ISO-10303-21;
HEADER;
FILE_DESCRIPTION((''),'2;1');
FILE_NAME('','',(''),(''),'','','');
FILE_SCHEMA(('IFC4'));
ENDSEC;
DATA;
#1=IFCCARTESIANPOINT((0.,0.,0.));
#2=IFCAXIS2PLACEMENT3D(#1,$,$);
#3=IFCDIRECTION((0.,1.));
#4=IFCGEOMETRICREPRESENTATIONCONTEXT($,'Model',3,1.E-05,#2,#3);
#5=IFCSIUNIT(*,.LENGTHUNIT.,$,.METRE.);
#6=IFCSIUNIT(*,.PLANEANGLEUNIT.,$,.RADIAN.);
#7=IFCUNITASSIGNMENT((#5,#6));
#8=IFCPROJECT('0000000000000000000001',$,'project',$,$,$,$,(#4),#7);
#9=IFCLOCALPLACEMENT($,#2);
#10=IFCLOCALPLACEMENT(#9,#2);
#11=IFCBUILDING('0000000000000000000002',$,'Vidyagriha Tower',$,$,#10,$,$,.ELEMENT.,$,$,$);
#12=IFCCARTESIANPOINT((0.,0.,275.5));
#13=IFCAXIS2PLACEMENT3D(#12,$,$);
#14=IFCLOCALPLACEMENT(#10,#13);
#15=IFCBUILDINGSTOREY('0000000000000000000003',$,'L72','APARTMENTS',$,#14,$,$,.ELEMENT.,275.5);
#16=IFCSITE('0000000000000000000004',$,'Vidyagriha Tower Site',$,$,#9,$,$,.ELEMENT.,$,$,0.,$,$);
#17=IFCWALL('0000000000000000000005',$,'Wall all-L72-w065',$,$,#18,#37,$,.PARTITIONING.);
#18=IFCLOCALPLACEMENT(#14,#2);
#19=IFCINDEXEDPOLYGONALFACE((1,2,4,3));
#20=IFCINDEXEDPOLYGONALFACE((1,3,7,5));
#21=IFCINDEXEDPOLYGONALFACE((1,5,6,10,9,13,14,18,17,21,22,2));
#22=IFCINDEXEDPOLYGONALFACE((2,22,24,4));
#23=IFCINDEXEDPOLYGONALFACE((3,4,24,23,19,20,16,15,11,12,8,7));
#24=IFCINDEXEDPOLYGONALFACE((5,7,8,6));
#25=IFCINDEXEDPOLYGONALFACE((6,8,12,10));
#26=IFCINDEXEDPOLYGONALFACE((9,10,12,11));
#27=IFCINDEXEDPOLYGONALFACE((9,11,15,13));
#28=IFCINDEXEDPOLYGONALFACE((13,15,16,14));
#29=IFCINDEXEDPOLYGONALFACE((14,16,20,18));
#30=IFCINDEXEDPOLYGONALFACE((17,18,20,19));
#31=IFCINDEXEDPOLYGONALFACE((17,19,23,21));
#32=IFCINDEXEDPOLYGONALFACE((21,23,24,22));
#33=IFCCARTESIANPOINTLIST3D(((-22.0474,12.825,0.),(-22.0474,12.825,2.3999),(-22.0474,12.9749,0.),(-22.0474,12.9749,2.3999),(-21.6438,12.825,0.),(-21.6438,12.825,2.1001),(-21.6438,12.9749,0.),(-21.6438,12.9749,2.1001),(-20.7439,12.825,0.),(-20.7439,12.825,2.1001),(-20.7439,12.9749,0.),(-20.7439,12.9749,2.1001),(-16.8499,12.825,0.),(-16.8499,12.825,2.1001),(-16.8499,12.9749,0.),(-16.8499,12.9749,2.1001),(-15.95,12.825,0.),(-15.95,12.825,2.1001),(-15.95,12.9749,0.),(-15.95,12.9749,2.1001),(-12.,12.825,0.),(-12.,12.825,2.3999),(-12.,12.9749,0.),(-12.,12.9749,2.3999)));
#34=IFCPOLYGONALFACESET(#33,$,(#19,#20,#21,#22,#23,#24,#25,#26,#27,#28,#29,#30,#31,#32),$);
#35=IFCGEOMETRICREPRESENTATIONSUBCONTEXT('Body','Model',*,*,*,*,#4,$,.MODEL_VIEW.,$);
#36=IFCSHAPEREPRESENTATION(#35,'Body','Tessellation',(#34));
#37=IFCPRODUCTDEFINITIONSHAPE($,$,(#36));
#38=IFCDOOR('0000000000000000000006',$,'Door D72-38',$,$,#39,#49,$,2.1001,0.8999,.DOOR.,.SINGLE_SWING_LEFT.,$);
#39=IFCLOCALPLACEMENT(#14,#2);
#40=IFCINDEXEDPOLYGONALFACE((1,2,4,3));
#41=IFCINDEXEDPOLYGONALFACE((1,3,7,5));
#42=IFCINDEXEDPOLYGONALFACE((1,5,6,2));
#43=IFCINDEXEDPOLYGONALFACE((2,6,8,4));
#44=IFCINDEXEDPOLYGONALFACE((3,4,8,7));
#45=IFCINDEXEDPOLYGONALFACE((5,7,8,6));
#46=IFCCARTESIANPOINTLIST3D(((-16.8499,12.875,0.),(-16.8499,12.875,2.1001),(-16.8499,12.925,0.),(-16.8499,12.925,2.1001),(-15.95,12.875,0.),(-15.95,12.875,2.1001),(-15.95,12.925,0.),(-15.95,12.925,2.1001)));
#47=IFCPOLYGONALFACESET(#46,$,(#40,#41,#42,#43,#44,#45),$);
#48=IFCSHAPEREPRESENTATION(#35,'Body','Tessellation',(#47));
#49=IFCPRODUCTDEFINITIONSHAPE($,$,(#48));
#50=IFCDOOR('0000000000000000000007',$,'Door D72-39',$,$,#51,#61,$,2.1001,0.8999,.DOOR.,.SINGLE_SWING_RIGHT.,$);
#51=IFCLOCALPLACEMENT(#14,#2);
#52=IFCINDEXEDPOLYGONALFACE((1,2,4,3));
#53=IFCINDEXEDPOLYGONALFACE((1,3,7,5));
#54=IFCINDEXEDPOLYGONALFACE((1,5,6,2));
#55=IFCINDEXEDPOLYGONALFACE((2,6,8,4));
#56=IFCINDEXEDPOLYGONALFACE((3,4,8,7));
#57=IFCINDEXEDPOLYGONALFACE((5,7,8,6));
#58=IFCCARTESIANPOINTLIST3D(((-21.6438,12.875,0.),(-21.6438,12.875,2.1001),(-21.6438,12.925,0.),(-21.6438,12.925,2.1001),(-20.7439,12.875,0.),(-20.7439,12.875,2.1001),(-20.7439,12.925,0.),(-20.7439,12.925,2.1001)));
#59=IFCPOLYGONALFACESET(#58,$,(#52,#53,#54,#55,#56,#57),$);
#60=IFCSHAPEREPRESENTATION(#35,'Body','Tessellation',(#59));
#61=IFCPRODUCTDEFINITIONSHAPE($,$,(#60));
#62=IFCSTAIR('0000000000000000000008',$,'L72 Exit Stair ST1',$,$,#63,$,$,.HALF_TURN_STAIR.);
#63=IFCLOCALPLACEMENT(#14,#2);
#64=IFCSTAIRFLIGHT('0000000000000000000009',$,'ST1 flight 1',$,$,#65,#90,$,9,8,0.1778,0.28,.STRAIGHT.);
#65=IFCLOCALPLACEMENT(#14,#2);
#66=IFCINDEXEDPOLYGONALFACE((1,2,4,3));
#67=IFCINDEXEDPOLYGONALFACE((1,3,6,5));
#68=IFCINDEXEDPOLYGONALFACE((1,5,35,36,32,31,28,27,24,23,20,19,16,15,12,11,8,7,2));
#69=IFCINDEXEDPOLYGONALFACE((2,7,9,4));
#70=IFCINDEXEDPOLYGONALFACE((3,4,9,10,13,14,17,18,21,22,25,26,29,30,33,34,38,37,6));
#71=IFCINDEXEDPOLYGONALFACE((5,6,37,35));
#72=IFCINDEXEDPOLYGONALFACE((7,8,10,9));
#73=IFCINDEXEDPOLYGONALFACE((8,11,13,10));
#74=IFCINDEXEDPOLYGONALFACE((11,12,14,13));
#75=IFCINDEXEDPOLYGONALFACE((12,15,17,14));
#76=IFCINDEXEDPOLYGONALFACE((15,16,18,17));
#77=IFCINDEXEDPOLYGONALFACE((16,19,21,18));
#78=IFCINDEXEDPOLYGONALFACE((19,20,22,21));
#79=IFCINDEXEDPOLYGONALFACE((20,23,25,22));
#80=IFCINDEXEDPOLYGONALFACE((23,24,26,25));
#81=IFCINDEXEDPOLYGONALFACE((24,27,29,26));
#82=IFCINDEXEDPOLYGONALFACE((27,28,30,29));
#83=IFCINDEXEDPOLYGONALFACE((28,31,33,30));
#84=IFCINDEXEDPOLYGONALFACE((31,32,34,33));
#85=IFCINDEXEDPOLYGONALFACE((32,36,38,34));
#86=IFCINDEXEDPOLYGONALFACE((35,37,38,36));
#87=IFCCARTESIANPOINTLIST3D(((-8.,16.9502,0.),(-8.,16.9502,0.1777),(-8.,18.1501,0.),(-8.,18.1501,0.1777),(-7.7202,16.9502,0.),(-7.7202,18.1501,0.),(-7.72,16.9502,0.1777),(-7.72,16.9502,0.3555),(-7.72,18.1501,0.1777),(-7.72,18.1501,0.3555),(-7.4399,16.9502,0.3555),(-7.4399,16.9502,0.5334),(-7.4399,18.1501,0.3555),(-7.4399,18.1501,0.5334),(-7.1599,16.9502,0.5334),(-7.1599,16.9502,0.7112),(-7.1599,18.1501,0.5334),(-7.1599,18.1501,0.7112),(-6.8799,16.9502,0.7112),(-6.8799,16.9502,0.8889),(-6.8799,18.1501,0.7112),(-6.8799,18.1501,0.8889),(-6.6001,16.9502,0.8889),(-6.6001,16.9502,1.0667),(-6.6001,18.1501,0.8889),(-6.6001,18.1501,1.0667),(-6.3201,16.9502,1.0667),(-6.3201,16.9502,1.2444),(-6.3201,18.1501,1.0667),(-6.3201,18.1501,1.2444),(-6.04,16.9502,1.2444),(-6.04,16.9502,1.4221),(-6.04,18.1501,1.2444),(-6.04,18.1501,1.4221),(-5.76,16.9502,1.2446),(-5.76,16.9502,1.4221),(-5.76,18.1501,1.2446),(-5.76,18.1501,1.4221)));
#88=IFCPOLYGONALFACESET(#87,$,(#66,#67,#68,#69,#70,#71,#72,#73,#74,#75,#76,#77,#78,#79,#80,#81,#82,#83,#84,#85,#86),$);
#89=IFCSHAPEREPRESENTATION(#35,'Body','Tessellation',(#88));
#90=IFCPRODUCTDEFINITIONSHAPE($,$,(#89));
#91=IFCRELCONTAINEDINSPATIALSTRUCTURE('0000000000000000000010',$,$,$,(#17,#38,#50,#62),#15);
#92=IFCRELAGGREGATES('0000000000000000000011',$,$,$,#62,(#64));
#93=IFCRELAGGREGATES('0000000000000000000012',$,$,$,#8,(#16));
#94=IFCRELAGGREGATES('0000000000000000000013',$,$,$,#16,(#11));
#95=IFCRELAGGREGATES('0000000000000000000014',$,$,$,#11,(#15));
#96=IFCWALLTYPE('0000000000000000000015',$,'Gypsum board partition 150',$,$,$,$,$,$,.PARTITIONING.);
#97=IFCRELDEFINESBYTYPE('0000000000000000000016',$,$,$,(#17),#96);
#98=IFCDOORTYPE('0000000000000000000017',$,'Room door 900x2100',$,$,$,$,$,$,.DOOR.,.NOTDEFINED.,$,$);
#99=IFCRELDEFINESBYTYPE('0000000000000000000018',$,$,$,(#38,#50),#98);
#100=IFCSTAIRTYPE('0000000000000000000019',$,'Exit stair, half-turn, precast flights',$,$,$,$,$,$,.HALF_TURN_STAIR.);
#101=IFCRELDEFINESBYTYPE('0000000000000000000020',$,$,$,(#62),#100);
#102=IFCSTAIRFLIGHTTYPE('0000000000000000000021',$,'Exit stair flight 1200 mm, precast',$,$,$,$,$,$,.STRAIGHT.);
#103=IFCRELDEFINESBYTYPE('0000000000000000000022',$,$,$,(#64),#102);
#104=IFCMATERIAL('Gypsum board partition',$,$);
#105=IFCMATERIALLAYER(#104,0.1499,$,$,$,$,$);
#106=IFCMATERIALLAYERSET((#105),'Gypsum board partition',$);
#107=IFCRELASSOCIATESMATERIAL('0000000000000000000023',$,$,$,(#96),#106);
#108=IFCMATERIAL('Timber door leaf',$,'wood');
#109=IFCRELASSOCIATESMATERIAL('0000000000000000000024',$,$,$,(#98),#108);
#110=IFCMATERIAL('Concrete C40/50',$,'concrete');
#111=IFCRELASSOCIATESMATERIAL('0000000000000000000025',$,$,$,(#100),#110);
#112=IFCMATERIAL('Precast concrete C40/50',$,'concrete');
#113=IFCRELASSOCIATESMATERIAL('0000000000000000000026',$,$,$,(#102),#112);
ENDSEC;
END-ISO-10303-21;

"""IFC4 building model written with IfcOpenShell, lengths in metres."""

from ifc_helpers import new_model, si_unit, direction, frame, frame_2d, origin, place, context, subcontext, project, spatial, polyline, rectangle, outline, extrude, material, layer, layer_set, type_object, element, fill, aggregate, save


model = new_model("IFC4")

# Units and contexts
model_context = context("Model", 3, precision=1e-05, world=origin(), true_north=direction((0.0, 1.0)))
body_context = subcontext(model_context, "Body", "Model", "MODEL_VIEW")
ifc_project = project(units=[si_unit("LENGTHUNIT", "METRE"), si_unit("PLANEANGLEUNIT", "RADIAN")], contexts=[model_context])

# Site, building, storey
site_placement = place(None, origin())
site = spatial("IfcSite", under=ifc_project, at=site_placement, Name="Vidyagriha Tower Site", CompositionType="ELEMENT", RefElevation=0.0)
building_placement = place(site_placement, origin())
building = spatial("IfcBuilding", under=site, at=building_placement, Name="Vidyagriha Tower", CompositionType="ELEMENT")
storey_placement = place(building_placement, frame((0.0, 0.0, 275.5)))
storey = spatial("IfcBuildingStorey", under=building, at=storey_placement, Name="L72", Description="APARTMENTS", CompositionType="ELEMENT", Elevation=275.5)

# Wall, openings, doors
ifc_material_1 = material(Name="Gypsum board partition")
ifc_layer_1 = layer(ifc_material_1, 0.1499)
ifc_layer_set_1 = layer_set([ifc_layer_1], Name="Gypsum board partition")
wall_type_1 = type_object("IfcWallType", Name="Gypsum board partition 150", PredefinedType="PARTITIONING", material=ifc_layer_set_1)
wall_1_placement = place(storey_placement, frame((-12.0, 12.8999, 0.0), z_axis=(0.0, 0.0, 1.0), x_axis=(-1.0, 0.0, 0.0)))
wall_1 = element("IfcWall", 1, at=wall_1_placement, inside=storey, type_object=wall_type_1, Name="Wall all-L72-w065", PredefinedType="PARTITIONING", context=body_context, shape_type="SweptSolid", body=[
    extrude(rectangle(XDim=10.0474, YDim=0.1499, at=frame_2d((5.0237, 0.0))), origin(), (0.0, 0.0, 1.0), 2.3999),
])
opening_1_placement = place(wall_1_placement, frame((3.95, 0.0, 0.0)))
opening_1 = element("IfcOpeningElement", 2, at=opening_1_placement, cuts=wall_1, PredefinedType="OPENING", context=body_context, shape_type="SweptSolid", body=[
    extrude(rectangle(XDim=0.8999, YDim=2.1001, at=frame_2d((0.45, 1.05))), frame((0.0, 0.085, 0.0), z_axis=(0.0, -1.0, 0.0), x_axis=(1.0, 0.0, 0.0)), (0.0, 0.0, 1.0), 0.1699),
])
opening_2_placement = place(wall_1_placement, frame((8.7439, 0.0, 0.0)))
opening_2 = element("IfcOpeningElement", 3, at=opening_2_placement, cuts=wall_1, PredefinedType="OPENING", context=body_context, shape_type="SweptSolid", body=[
    extrude(rectangle(XDim=0.8999, YDim=2.1001, at=frame_2d((0.45, 1.05))), frame((0.0, 0.085, 0.0), z_axis=(0.0, -1.0, 0.0), x_axis=(1.0, 0.0, 0.0)), (0.0, 0.0, 1.0), 0.1699),
])
ifc_material_2 = material(Name="Timber door leaf", Category="wood")
door_type_1 = type_object("IfcDoorType", Name="Room door 900x2100", OperationType="NOTDEFINED", PredefinedType="DOOR", material=ifc_material_2)
door_1_placement = place(opening_1_placement, origin())
door_1 = element("IfcDoor", 4, at=door_1_placement, inside=storey, type_object=door_type_1, Name="Door D72-38", OperationType="SINGLE_SWING_LEFT", OverallHeight=2.1001, OverallWidth=0.8999, PredefinedType="DOOR", context=body_context, shape_type="SweptSolid", body=[
    extrude(rectangle(XDim=0.8999, YDim=2.1001, at=frame_2d((0.45, 1.05))), frame((0.0, 0.0249, 0.0), z_axis=(0.0, -1.0, 0.0), x_axis=(1.0, 0.0, 0.0)), (0.0, 0.0, 1.0), 0.05),
])
fill(opening_1, door_1)
door_2_placement = place(opening_2_placement, origin())
door_2 = element("IfcDoor", 5, at=door_2_placement, inside=storey, type_object=door_type_1, Name="Door D72-39", OperationType="SINGLE_SWING_RIGHT", OverallHeight=2.1001, OverallWidth=0.8999, PredefinedType="DOOR", context=body_context, shape_type="SweptSolid", body=[
    extrude(rectangle(XDim=0.8999, YDim=2.1001, at=frame_2d((0.45, 1.05))), frame((0.0, 0.0249, 0.0), z_axis=(0.0, -1.0, 0.0), x_axis=(1.0, 0.0, 0.0)), (0.0, 0.0, 1.0), 0.05),
])
fill(opening_2, door_2)

# Stair, stair flight
ifc_material_3 = material(Name="Concrete C40/50", Category="concrete")
stair_type = type_object("IfcStairType", Name="Exit stair, half-turn, precast flights", PredefinedType="HALF_TURN_STAIR", material=ifc_material_3)
stair_placement = place(storey_placement, origin())
stair = element("IfcStair", 6, at=stair_placement, inside=storey, type_object=stair_type, Name="L72 Exit Stair ST1", PredefinedType="HALF_TURN_STAIR")
ifc_material_4 = material(Name="Precast concrete C40/50", Category="concrete")
stair_flight_type = type_object("IfcStairFlightType", Name="Exit stair flight 1200 mm, precast", PredefinedType="STRAIGHT", material=ifc_material_4)
stair_flight_placement = place(storey_placement, frame((-8.0, 17.55, 0.0)))
stair_flight = element("IfcStairFlight", 7, at=stair_flight_placement, type_object=stair_flight_type, Name="ST1 flight 1", NumberOfRisers=9, NumberOfTreads=8, PredefinedType="STRAIGHT", RiserHeight=0.1778, TreadLength=0.28, context=body_context, shape_type="SweptSolid", body=[
    extrude(outline(polyline([(0.0, 0.0), (0.0, 0.1777), (0.28, 0.1777), (0.28, 0.3555), (0.5601, 0.3555), (0.5601, 0.5334), (0.8401, 0.5334), (0.8401, 0.7112), (1.1201, 0.7112), (1.1201, 0.8889), (1.3999, 0.8889), (1.3999, 1.0667), (1.6799, 1.0667), (1.6799, 1.2444), (1.96, 1.2444), (1.96, 1.4221), (2.24, 1.4221), (2.24, 1.6001), (2.24, 1.2446), (0.2798, 0.0), (0.0, 0.0)])), frame((0.0, 0.6001, 0.0), z_axis=(0.0, -1.0, 0.0), x_axis=(1.0, 0.0, 0.0)), (0.0, 0.0, 1.0), 1.2),
])
aggregate(stair, [stair_flight])

save(model, "model.ifc")
